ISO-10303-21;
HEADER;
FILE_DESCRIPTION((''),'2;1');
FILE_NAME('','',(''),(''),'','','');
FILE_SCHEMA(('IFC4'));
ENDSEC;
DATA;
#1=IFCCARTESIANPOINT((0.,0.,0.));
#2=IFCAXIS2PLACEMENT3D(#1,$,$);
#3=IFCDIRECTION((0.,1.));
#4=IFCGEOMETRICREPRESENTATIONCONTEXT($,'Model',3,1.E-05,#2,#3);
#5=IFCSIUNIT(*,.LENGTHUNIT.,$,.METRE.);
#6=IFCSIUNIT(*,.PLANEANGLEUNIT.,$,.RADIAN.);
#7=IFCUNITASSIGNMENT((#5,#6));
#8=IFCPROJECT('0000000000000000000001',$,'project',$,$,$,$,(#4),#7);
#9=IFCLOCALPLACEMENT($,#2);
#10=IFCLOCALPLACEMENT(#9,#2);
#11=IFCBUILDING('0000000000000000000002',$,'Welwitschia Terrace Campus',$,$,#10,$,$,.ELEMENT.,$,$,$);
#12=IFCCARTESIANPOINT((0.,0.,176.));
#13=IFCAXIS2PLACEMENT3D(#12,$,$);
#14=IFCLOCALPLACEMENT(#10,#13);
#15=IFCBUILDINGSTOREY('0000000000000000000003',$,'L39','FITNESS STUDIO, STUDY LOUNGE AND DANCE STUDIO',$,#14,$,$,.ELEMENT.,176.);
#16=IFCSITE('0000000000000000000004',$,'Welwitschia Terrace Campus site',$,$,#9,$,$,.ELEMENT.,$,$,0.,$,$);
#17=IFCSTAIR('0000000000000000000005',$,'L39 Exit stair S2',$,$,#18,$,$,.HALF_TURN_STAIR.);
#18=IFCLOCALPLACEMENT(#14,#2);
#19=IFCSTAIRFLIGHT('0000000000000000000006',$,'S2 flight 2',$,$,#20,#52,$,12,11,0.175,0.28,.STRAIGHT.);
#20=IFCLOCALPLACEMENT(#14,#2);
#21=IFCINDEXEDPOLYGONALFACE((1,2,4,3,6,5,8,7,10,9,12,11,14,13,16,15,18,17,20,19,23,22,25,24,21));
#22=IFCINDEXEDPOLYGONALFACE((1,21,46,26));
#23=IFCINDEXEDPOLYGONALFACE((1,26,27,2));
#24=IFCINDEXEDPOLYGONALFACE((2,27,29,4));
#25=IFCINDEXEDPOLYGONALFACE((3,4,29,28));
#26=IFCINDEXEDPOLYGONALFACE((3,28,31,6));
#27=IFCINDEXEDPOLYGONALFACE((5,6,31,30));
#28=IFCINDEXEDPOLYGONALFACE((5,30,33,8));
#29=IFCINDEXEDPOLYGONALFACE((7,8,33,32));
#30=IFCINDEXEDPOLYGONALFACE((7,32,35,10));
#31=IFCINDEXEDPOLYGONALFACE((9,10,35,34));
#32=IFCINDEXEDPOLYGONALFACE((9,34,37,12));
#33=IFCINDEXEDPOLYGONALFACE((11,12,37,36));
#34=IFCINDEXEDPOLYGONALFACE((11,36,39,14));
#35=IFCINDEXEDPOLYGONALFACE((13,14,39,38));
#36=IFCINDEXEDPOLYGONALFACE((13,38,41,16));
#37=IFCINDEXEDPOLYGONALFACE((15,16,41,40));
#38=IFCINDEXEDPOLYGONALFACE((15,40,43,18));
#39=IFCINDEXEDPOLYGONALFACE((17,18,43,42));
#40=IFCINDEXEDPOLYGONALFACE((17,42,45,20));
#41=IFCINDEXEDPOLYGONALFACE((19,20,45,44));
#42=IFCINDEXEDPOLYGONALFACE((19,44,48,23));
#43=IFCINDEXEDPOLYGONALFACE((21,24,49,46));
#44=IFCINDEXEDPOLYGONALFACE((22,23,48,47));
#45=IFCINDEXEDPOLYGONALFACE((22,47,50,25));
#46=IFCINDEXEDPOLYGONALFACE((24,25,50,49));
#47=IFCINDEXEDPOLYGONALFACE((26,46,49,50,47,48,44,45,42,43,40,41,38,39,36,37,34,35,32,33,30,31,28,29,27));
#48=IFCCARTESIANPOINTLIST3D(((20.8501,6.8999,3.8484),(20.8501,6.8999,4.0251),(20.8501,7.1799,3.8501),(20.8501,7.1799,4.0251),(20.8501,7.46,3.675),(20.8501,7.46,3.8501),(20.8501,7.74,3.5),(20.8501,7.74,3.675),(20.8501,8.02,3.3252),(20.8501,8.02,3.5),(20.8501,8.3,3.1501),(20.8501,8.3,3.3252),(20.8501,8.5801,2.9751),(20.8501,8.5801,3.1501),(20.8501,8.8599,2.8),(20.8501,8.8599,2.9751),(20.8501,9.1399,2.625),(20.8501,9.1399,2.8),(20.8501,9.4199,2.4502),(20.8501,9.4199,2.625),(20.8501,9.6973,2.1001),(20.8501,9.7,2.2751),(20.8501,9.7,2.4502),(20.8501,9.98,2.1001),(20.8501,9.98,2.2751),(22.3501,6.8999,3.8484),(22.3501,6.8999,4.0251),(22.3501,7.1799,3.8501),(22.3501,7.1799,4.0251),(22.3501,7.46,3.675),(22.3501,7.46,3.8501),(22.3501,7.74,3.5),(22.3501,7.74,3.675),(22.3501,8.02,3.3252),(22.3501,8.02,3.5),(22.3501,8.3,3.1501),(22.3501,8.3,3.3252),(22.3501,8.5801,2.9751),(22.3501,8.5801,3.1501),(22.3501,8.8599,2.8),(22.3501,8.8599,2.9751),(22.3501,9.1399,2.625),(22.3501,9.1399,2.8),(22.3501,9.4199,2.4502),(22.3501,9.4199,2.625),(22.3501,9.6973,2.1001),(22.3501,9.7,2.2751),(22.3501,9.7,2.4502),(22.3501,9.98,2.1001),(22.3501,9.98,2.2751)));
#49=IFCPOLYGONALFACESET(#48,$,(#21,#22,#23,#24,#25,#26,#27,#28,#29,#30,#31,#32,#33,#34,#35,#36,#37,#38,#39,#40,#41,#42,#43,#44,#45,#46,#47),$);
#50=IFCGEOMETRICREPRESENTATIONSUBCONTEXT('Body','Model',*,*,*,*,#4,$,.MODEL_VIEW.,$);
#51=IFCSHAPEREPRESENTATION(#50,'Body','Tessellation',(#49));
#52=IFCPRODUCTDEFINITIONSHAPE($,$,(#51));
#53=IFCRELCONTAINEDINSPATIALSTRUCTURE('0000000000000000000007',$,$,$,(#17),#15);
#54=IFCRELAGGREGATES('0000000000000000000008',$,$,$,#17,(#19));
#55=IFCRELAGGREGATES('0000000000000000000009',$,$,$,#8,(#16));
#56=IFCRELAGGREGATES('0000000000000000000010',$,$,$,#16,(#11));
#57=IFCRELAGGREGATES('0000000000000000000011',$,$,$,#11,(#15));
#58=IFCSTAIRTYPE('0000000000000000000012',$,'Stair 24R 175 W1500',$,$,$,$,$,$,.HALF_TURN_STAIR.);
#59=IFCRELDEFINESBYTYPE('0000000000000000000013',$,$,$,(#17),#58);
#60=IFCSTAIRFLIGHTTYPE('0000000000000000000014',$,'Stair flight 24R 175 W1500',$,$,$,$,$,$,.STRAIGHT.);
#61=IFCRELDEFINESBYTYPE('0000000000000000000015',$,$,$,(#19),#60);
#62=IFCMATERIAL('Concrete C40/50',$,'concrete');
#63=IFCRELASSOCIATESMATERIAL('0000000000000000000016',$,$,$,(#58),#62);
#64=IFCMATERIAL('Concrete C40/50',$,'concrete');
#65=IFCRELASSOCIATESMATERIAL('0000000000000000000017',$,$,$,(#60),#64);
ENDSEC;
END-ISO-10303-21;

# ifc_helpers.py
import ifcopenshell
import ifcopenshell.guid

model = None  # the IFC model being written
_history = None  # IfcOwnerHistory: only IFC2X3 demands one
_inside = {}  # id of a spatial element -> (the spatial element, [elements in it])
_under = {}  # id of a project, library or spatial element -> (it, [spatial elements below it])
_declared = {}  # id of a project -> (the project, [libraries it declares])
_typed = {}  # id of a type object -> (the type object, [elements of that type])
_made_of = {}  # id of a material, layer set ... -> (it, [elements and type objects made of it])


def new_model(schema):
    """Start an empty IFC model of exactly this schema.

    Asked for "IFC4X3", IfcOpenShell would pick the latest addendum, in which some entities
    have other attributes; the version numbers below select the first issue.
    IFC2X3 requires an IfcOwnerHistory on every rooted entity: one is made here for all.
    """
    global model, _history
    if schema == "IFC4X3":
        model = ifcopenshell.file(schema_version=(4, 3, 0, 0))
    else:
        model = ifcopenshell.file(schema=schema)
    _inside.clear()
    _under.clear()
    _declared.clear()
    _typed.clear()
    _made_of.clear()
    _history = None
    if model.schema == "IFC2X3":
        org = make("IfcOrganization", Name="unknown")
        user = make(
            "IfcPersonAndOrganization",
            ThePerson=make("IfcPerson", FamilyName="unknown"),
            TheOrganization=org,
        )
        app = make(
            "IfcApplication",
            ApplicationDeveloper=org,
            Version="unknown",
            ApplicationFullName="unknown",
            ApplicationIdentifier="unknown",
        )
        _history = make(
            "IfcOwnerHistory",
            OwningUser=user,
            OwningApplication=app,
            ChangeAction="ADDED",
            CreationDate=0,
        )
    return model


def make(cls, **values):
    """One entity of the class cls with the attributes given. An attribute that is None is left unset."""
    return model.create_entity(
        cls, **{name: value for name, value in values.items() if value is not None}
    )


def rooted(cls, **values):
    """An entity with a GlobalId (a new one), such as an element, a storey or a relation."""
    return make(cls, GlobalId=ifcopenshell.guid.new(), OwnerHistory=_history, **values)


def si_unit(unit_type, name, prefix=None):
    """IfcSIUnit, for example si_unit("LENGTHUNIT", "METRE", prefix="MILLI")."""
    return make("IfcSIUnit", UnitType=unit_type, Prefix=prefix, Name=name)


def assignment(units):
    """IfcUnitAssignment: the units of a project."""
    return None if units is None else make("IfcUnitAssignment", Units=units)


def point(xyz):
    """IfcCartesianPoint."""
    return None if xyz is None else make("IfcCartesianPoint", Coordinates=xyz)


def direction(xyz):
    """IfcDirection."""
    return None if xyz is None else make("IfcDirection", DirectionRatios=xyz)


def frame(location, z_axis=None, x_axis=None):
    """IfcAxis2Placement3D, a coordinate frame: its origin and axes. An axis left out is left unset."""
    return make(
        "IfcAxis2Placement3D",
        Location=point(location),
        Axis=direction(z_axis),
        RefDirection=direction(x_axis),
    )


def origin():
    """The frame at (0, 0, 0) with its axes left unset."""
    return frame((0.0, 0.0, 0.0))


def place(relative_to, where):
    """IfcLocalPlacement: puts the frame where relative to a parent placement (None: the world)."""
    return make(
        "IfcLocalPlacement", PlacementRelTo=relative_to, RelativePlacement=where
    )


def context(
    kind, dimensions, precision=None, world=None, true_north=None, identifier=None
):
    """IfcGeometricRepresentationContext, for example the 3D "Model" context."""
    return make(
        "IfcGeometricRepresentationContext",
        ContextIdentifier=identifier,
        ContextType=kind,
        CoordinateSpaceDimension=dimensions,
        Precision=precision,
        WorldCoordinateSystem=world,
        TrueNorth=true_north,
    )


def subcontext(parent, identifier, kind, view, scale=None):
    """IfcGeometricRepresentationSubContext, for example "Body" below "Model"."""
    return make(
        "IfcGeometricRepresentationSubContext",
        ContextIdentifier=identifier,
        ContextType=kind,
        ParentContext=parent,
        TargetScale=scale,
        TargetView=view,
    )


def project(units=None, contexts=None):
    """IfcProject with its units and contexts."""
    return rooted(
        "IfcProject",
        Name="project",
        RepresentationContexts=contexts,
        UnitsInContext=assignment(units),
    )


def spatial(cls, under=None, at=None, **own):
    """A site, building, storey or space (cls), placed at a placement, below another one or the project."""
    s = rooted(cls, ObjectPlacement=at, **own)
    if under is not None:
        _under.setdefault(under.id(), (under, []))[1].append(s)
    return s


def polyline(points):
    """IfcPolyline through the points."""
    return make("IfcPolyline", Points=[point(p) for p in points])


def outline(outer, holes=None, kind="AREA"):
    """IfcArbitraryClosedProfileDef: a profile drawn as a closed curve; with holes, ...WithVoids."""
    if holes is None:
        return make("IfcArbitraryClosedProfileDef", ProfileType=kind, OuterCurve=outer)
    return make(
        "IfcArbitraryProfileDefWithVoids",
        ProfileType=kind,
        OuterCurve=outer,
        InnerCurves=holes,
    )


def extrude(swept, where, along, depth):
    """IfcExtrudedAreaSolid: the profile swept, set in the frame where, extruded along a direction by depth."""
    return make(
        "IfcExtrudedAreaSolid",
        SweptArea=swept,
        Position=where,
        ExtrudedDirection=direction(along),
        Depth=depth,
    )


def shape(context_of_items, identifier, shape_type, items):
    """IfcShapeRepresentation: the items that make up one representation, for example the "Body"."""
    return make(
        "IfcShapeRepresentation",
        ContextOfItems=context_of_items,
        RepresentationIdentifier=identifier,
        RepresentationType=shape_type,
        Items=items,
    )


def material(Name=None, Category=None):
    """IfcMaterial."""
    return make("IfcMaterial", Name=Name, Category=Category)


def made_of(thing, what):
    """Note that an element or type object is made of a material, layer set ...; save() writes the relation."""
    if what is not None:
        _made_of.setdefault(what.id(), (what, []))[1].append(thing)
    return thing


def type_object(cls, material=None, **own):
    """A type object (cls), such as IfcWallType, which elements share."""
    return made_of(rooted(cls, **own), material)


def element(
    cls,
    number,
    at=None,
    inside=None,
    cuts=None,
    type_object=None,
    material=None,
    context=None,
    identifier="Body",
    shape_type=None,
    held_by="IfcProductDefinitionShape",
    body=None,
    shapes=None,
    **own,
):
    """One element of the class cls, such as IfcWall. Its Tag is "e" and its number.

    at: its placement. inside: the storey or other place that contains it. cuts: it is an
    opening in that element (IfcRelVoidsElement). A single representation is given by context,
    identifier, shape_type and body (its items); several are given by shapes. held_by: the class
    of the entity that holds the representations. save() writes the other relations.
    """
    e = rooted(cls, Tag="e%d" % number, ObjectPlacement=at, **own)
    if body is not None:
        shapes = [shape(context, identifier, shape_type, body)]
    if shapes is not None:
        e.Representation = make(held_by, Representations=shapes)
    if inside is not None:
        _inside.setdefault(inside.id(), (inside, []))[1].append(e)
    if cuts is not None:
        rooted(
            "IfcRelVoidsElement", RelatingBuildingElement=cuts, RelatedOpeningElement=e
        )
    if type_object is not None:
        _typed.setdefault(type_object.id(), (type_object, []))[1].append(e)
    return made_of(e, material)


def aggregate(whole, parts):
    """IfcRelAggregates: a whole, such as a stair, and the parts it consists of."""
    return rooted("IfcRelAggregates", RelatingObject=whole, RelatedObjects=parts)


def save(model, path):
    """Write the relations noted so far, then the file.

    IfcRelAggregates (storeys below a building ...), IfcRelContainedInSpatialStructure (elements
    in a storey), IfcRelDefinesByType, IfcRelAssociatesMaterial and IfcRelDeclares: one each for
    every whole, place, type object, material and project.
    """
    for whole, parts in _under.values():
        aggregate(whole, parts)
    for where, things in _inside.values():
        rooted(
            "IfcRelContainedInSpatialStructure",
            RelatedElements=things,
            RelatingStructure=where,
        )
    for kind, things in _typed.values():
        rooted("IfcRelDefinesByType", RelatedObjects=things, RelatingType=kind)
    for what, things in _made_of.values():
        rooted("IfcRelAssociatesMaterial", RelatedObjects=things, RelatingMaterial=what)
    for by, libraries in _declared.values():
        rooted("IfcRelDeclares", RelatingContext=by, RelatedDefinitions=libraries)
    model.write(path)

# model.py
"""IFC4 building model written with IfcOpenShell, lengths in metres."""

from ifc_helpers import new_model, si_unit, direction, frame, origin, place, context, subcontext, project, spatial, polyline, outline, extrude, material, type_object, element, aggregate, save


model = new_model("IFC4")

# Units and contexts
model_context = context("Model", 3, precision=1e-05, world=origin(), true_north=direction((0.0, 1.0)))
body_context = subcontext(model_context, "Body", "Model", "MODEL_VIEW")
ifc_project = project(units=[si_unit("LENGTHUNIT", "METRE"), si_unit("PLANEANGLEUNIT", "RADIAN")], contexts=[model_context])

# Site, building, storey
site_placement = place(None, origin())
site = spatial("IfcSite", under=ifc_project, at=site_placement, Name="Welwitschia Terrace Campus site", CompositionType="ELEMENT", RefElevation=0.0)
building_placement = place(site_placement, origin())
building = spatial("IfcBuilding", under=site, at=building_placement, Name="Welwitschia Terrace Campus", CompositionType="ELEMENT")
storey_placement = place(building_placement, frame((0.0, 0.0, 176.0)))
storey = spatial("IfcBuildingStorey", under=building, at=storey_placement, Name="L39", Description="FITNESS STUDIO, STUDY LOUNGE AND DANCE STUDIO", CompositionType="ELEMENT", Elevation=176.0)

# Stair, stair flight
ifc_material_1 = material(Name="Concrete C40/50", Category="concrete")
stair_type = type_object("IfcStairType", Name="Stair 24R 175 W1500", PredefinedType="HALF_TURN_STAIR", material=ifc_material_1)
stair_placement = place(storey_placement, origin())
stair = element("IfcStair", 1, at=stair_placement, inside=storey, type_object=stair_type, Name="L39 Exit stair S2", PredefinedType="HALF_TURN_STAIR")
ifc_material_2 = material(Name="Concrete C40/50", Category="concrete")
stair_flight_type = type_object("IfcStairFlightType", Name="Stair flight 24R 175 W1500", PredefinedType="STRAIGHT", material=ifc_material_2)
stair_flight_1_placement = place(storey_placement, frame((21.6001, 9.98, 2.1001), z_axis=(0.0, 0.0, 1.0), x_axis=(0.0, -1.0, 0.0)))
stair_flight_1 = element("IfcStairFlight", 2, at=stair_flight_1_placement, type_object=stair_flight_type, Name="S2 flight 2", NumberOfRisers=12, NumberOfTreads=11, PredefinedType="STRAIGHT", RiserHeight=0.175, TreadLength=0.28, context=body_context, shape_type="SweptSolid", body=[
    extrude(outline(polyline([(0.0, 0.0), (0.0, 0.175), (0.28, 0.175), (0.28, 0.3501), (0.5601, 0.3501), (0.5601, 0.5249), (0.8401, 0.5249), (0.8401, 0.7), (1.1201, 0.7), (1.1201, 0.875), (1.3999, 0.875), (1.3999, 1.05), (1.6799, 1.05), (1.6799, 1.2251), (1.96, 1.2251), (1.96, 1.3999), (2.24, 1.3999), (2.24, 1.575), (2.52, 1.575), (2.52, 1.75), (2.8, 1.75), (2.8, 1.925), (3.0801, 1.925), (3.0801, 2.1001), (3.0801, 1.7483), (0.2827, 0.0), (0.0, 0.0)])), frame((0.0, 0.75, 0.0), z_axis=(0.0, -1.0, 0.0), x_axis=(1.0, 0.0, 0.0)), (0.0, 0.0, 1.0), 1.5),
])
aggregate(stair, [stair_flight_1])

save(model, "model.ifc")
